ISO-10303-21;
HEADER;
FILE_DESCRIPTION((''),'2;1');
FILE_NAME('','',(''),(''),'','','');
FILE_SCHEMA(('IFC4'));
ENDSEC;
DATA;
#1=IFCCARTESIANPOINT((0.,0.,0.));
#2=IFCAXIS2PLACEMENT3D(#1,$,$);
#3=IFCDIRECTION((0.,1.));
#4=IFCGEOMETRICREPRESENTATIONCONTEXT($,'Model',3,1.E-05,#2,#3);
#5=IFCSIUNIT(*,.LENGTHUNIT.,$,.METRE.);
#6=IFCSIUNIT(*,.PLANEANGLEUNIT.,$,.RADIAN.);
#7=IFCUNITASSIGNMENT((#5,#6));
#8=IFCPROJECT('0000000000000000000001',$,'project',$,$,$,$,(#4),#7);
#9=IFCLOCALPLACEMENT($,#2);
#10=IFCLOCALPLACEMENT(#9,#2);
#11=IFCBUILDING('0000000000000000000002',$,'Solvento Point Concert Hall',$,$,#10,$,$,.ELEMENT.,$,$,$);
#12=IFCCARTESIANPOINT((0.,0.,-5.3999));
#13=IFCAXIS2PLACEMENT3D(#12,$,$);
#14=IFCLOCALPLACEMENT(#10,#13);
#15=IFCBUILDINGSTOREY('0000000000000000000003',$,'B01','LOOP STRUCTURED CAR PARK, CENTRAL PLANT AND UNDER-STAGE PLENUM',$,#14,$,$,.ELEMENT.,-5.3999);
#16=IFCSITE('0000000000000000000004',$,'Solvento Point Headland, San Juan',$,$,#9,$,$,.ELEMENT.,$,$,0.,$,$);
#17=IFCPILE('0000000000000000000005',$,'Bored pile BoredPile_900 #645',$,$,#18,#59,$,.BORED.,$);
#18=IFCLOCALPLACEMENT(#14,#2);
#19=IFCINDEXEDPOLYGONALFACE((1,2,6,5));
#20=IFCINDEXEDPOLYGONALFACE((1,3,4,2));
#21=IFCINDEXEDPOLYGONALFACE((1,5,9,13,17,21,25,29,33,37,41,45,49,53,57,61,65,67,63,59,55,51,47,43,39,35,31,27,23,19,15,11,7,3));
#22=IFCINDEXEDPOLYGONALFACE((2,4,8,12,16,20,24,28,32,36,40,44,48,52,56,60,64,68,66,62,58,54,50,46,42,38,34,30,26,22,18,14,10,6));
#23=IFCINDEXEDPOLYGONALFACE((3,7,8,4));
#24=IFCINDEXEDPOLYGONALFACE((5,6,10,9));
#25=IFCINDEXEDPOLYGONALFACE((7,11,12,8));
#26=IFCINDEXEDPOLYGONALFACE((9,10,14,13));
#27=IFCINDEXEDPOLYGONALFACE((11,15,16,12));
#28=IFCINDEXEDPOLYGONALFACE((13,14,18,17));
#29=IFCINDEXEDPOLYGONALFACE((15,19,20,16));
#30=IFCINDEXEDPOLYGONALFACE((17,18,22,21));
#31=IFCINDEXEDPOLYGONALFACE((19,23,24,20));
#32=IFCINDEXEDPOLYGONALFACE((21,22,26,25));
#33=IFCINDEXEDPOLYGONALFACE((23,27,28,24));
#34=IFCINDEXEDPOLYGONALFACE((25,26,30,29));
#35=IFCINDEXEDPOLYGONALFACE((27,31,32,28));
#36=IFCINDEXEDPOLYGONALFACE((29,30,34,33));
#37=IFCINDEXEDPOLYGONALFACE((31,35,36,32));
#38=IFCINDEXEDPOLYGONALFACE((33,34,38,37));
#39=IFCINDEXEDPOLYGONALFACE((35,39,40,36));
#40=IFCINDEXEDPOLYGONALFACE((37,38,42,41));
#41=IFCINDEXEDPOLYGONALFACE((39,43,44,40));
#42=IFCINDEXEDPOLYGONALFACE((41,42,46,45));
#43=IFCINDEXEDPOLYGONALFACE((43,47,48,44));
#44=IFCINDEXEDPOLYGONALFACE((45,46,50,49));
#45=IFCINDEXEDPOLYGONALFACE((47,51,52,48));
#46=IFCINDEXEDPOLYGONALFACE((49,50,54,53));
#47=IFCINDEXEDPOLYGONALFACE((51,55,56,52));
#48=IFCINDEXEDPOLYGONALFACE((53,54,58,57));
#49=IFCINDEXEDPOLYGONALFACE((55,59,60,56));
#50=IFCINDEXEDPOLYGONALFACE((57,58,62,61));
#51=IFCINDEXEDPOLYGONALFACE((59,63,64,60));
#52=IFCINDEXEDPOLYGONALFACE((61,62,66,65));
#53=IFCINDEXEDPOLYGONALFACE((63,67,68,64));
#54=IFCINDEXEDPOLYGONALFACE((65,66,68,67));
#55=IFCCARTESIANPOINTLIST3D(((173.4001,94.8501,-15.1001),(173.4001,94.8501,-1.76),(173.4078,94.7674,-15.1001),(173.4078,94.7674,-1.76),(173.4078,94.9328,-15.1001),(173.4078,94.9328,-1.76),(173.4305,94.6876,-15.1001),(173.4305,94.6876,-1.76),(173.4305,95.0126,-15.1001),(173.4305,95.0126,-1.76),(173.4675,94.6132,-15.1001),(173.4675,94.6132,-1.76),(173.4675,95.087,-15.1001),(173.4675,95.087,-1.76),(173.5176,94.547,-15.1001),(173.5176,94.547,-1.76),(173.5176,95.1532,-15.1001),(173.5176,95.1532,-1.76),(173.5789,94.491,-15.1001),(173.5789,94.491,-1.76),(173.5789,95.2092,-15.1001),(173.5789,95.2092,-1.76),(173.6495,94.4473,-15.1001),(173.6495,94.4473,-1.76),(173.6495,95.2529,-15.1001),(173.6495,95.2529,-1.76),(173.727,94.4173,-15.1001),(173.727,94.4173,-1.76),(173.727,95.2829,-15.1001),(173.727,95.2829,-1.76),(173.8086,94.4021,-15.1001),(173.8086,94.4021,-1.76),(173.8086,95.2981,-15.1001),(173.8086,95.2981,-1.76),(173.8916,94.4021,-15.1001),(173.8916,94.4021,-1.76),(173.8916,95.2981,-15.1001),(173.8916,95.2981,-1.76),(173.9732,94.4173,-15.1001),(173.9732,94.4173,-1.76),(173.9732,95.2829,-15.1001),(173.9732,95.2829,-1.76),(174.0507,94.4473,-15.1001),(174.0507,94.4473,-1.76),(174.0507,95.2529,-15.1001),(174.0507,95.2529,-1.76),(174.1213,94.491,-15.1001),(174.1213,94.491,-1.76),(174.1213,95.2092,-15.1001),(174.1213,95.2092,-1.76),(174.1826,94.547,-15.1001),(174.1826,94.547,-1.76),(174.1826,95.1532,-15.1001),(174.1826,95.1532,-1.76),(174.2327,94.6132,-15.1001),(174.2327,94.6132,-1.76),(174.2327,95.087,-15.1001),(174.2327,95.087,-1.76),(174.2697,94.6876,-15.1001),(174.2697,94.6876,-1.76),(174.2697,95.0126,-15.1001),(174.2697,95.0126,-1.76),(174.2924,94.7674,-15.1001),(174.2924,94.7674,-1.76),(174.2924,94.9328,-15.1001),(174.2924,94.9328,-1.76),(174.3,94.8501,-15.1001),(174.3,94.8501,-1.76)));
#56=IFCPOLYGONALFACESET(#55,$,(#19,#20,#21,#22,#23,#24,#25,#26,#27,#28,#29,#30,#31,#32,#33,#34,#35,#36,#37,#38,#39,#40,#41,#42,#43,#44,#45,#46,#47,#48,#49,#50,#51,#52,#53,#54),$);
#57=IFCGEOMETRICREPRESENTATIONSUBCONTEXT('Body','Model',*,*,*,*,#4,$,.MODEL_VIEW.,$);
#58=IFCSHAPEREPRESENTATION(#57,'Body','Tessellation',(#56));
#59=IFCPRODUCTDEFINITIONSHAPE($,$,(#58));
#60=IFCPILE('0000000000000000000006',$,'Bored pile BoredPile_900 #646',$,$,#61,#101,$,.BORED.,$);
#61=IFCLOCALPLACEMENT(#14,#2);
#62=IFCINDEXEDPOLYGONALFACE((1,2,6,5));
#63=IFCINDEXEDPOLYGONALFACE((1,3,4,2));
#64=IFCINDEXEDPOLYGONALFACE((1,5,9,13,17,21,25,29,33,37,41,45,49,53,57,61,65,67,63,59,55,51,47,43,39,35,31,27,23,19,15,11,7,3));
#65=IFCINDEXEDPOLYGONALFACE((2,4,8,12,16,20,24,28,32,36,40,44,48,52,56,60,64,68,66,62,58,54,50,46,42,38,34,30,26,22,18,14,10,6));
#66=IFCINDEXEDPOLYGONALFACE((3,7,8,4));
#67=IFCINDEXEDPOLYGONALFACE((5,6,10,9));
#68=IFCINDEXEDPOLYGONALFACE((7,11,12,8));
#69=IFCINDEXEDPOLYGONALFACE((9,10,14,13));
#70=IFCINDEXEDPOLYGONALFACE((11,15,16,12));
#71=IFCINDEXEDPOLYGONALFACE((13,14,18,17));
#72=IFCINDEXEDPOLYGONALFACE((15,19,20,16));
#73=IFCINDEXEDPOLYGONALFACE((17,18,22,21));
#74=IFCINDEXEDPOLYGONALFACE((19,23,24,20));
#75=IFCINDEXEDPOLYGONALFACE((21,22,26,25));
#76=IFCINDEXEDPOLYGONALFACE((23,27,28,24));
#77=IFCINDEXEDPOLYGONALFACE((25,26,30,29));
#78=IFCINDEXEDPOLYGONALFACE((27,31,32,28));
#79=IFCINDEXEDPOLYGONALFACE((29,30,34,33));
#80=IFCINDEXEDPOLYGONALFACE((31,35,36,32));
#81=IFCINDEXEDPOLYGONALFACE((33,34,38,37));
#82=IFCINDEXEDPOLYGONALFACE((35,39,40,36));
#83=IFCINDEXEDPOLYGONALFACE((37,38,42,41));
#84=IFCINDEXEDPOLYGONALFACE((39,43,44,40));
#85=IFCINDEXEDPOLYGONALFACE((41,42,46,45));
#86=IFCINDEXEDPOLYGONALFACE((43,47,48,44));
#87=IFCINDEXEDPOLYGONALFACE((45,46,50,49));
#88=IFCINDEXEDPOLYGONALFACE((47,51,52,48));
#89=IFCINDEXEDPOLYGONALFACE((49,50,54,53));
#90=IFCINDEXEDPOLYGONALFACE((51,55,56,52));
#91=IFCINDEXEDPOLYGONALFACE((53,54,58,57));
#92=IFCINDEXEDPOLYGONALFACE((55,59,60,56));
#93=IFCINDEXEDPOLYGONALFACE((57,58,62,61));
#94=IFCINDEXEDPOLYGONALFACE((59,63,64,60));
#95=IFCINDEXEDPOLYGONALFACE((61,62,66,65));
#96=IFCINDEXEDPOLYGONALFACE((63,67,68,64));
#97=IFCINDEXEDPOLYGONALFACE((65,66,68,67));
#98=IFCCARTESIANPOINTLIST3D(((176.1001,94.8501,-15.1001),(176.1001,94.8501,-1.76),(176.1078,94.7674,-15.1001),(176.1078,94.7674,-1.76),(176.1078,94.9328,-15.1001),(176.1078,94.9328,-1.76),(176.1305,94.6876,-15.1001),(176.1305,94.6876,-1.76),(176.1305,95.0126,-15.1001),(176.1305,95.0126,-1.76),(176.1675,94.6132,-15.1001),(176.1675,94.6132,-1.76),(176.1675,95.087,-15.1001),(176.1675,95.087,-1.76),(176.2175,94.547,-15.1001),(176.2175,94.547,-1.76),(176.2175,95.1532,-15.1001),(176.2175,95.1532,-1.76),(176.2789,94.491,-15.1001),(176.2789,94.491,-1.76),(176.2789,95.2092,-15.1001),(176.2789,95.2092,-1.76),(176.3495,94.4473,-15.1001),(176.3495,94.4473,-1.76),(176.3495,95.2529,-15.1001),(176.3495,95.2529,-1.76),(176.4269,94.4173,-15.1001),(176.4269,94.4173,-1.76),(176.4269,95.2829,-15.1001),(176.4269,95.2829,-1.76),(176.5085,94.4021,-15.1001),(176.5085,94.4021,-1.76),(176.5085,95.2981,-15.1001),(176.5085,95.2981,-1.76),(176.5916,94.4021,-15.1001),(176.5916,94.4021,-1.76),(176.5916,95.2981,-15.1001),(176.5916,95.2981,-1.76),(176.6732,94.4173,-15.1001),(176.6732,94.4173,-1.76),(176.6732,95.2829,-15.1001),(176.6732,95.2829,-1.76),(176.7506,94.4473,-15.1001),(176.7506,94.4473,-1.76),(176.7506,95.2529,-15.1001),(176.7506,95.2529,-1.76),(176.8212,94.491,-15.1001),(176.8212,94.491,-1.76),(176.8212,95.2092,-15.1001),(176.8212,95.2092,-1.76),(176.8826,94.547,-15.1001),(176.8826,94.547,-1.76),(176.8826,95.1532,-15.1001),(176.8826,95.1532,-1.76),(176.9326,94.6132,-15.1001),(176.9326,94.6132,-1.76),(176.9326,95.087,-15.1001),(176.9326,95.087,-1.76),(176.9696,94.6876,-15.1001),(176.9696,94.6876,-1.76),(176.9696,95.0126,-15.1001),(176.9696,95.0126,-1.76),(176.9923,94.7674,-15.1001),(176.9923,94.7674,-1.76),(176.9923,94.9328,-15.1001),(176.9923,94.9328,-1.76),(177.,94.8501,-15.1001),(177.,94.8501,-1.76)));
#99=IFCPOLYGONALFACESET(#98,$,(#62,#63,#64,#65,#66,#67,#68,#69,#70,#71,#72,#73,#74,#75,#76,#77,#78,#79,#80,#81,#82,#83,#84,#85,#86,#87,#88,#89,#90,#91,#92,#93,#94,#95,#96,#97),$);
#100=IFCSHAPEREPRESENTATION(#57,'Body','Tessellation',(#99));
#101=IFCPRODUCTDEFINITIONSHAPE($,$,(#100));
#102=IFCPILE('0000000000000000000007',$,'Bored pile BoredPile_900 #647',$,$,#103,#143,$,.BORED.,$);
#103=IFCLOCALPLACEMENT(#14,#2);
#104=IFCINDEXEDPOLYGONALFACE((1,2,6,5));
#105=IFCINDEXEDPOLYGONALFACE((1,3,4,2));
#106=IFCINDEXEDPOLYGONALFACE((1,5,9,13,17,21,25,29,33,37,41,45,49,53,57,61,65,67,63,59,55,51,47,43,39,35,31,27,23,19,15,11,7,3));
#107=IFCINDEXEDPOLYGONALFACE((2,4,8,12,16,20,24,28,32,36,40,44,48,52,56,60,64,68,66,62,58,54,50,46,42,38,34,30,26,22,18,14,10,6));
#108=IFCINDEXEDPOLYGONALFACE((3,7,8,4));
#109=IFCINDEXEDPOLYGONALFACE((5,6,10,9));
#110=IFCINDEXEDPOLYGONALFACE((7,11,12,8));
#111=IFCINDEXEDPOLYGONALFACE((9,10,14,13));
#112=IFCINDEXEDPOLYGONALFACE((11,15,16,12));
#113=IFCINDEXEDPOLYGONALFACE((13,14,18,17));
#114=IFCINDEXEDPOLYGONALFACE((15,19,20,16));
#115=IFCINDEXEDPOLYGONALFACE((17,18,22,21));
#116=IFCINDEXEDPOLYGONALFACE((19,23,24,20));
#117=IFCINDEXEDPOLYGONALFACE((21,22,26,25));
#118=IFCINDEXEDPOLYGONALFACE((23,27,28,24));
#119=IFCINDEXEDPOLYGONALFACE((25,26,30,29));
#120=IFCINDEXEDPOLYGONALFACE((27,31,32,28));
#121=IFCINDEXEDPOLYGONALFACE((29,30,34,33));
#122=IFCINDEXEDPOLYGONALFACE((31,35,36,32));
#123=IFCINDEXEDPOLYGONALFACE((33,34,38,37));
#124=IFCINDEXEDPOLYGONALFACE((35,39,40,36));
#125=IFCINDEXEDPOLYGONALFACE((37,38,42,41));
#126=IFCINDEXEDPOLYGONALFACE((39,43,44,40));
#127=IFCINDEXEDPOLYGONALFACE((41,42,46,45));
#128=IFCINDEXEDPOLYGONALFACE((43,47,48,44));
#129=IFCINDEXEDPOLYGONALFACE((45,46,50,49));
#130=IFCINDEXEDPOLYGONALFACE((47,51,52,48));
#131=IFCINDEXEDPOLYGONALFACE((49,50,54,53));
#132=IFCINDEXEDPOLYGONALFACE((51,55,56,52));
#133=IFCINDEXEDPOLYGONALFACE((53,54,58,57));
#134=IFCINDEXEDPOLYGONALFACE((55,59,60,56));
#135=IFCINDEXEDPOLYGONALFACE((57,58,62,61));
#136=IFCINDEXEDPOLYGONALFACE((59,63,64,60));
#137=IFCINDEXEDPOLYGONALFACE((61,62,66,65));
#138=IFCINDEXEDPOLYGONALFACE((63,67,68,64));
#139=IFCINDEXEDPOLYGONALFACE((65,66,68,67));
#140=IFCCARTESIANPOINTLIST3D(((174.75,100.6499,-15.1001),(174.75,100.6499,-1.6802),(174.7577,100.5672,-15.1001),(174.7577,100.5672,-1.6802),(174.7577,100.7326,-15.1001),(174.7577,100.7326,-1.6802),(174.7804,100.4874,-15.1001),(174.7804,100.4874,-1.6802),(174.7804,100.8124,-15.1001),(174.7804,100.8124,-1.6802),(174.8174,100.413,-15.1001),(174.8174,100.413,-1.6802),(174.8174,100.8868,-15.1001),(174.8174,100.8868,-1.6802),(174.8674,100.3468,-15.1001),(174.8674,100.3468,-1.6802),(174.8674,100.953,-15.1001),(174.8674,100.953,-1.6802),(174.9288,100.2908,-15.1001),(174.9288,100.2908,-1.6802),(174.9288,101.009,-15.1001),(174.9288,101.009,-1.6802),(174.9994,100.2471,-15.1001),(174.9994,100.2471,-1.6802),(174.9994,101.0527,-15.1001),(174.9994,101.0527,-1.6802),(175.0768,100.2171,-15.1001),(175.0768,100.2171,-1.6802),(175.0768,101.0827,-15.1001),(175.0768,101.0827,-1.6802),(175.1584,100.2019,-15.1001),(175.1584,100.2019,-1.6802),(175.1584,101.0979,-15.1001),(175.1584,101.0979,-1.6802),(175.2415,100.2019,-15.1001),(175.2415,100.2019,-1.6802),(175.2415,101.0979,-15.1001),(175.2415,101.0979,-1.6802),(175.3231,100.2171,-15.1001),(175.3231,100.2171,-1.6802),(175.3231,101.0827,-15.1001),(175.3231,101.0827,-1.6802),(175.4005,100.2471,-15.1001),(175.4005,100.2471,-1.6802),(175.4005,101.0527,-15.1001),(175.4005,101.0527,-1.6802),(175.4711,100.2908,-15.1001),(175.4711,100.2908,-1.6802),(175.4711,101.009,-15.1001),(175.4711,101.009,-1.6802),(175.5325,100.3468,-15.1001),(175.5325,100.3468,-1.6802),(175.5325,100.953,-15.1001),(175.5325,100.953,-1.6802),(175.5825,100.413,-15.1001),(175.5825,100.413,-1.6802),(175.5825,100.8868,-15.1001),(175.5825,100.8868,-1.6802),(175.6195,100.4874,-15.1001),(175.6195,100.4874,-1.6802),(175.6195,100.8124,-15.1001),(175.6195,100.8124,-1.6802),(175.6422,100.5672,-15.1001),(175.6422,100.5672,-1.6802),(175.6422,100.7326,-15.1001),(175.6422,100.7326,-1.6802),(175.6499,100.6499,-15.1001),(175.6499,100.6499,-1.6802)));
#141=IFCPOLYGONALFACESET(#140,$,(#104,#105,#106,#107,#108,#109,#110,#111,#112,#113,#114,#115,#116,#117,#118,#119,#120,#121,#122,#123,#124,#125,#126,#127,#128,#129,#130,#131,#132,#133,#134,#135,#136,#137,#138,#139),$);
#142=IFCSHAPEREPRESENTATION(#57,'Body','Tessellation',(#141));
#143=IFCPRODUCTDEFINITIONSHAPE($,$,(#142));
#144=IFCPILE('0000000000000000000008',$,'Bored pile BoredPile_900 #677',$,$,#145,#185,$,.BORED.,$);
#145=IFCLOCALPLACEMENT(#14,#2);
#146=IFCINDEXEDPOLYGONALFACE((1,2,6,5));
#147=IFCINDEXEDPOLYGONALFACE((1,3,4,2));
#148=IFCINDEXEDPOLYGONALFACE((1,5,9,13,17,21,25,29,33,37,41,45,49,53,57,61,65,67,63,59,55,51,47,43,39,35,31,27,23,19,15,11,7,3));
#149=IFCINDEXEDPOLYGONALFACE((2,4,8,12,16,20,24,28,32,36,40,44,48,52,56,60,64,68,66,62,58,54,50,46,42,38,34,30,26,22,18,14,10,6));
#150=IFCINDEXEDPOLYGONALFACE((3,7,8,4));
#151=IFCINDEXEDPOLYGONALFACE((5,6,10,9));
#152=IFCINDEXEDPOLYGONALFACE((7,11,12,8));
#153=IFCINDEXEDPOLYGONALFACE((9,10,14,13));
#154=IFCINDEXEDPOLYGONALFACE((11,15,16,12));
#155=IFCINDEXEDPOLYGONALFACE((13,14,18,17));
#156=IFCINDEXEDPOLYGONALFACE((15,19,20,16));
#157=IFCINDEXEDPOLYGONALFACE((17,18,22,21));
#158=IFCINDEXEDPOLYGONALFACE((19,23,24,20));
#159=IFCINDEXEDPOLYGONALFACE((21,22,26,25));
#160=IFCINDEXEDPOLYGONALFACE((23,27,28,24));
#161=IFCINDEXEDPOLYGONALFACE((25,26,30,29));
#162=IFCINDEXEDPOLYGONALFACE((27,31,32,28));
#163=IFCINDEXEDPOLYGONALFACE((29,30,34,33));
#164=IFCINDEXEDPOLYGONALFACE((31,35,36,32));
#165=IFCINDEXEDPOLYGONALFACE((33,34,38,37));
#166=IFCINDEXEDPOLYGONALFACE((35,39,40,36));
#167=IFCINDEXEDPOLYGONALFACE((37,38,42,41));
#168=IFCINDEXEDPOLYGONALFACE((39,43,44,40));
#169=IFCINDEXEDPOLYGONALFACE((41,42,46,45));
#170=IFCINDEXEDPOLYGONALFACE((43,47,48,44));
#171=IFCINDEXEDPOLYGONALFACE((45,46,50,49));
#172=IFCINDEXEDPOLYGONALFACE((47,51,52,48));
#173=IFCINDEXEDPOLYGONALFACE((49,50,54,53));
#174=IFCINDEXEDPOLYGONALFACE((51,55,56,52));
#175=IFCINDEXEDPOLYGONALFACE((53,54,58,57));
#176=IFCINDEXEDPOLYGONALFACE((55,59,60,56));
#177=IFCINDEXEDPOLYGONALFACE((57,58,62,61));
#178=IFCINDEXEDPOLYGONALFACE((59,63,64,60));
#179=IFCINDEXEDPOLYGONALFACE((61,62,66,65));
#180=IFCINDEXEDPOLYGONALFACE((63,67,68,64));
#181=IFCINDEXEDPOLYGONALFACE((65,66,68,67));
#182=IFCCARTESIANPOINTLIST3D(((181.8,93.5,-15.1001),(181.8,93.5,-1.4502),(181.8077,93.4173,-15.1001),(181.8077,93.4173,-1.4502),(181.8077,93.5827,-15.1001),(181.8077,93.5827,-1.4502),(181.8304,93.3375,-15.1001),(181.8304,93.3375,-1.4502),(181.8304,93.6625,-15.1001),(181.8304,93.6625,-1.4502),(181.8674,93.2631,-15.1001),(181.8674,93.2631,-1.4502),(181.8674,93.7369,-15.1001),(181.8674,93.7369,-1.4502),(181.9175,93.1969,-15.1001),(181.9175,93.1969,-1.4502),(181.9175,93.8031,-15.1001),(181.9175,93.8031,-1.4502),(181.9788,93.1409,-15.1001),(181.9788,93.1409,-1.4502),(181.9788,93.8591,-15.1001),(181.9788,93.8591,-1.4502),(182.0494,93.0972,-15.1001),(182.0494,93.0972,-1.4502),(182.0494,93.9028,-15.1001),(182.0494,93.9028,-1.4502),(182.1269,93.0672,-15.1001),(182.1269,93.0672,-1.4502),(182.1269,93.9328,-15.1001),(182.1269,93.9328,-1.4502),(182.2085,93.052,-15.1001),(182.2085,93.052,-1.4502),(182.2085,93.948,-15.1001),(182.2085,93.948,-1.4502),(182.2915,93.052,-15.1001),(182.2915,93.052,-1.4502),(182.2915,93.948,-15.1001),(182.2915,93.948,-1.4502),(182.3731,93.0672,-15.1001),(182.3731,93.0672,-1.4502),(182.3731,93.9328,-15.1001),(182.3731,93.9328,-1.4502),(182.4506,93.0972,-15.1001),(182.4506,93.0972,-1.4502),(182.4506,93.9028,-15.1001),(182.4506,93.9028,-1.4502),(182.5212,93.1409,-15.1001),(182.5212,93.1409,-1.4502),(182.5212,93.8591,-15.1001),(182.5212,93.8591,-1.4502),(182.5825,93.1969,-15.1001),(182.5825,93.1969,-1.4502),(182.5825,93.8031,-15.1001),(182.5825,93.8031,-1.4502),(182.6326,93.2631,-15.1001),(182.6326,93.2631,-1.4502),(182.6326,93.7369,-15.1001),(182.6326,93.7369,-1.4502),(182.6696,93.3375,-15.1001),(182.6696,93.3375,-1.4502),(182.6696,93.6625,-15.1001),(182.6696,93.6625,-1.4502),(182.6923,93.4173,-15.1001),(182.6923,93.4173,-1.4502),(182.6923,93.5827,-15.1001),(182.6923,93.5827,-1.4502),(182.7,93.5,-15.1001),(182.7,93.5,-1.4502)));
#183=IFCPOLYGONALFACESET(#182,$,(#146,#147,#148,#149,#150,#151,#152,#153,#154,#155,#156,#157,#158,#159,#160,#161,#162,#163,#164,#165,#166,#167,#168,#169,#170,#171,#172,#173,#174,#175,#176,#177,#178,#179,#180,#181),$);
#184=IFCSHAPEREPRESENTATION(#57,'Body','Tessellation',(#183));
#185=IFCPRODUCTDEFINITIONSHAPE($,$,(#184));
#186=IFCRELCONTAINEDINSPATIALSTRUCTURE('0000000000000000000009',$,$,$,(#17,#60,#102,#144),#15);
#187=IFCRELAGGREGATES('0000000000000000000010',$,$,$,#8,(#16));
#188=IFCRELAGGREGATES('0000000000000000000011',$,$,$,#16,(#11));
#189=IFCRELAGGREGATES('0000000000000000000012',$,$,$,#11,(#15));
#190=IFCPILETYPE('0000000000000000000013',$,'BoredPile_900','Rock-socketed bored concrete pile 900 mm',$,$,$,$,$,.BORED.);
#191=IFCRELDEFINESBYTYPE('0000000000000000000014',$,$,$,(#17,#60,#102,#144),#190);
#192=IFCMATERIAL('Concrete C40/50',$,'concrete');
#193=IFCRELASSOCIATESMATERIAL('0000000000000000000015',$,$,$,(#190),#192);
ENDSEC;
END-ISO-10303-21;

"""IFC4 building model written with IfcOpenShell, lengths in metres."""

from ifc_helpers import new_model, si_unit, direction, frame, origin, origin_2d, place, context, subcontext, project, spatial, circle, extrude, material, material_profile, profile_set, type_object, element, save


model = new_model("IFC4")

# Units and contexts
model_context = context("Model", 3, precision=1e-05, world=origin(), true_north=direction((0.0, 1.0)))
body_context = subcontext(model_context, "Body", "Model", "MODEL_VIEW")
ifc_project = project(units=[si_unit("LENGTHUNIT", "METRE"), si_unit("PLANEANGLEUNIT", "RADIAN")], contexts=[model_context])

# Site, building, storey
site_placement = place(None, origin())
site = spatial("IfcSite", under=ifc_project, at=site_placement, Name="Solvento Point Headland, San Juan", CompositionType="ELEMENT", RefElevation=0.0)
building_placement = place(site_placement, origin())
building = spatial("IfcBuilding", under=site, at=building_placement, Name="Solvento Point Concert Hall", CompositionType="ELEMENT")
storey_placement = place(building_placement, frame((0.0, 0.0, -5.3999)))
storey = spatial("IfcBuildingStorey", under=building, at=storey_placement, Name="B01", Description="LOOP STRUCTURED CAR PARK, CENTRAL PLANT AND UNDER-STAGE PLENUM", CompositionType="ELEMENT", Elevation=-5.3999)

# Piles
ifc_material_1 = material(Name="Concrete C40/50", Category="concrete")
ifc_material_profile_1 = material_profile(ifc_material_1, circle(Radius=0.45, at=origin_2d()), Name="BP-900")
ifc_profile_set_1 = profile_set([ifc_material_profile_1], Name="Concrete C40/50")
pile_type_1 = type_object("IfcPileType", Name="BoredPile_900", Description="Rock-socketed bored concrete pile 900 mm", PredefinedType="BORED", material=ifc_profile_set_1)
for number, where, z_axis, x_axis, name in (
    (1, (173.8501, 94.8501, -1.76), (0.0, 0.0, -1.0), (1.0, 0.0, 0.0), "Bored pile BoredPile_900 #645"),
    (2, (176.55, 94.8501, -1.76), (0.0, 0.0, -1.0), (1.0, 0.0, 0.0), "Bored pile BoredPile_900 #646"),
):
    element("IfcPile", number, at=place(storey_placement, frame(where, z_axis=z_axis, x_axis=x_axis)), inside=storey, type_object=pile_type_1, Name=name, PredefinedType="BORED", context=body_context, shape_type="SweptSolid", body=[
        extrude(circle(Radius=0.45, at=origin_2d()), origin(), (0.0, 0.0, 1.0), 13.3401),
    ])
pile_placement = place(storey_placement, frame((175.2, 100.6499, -1.6802), z_axis=(0.0, 0.0, -1.0), x_axis=(1.0, 0.0, 0.0)))
element("IfcPile", 3, at=pile_placement, inside=storey, type_object=pile_type_1, Name="Bored pile BoredPile_900 #647", PredefinedType="BORED", context=body_context, shape_type="SweptSolid", body=[
    extrude(circle(Radius=0.45, at=origin_2d()), origin(), (0.0, 0.0, 1.0), 13.4199),
])
for number, where, z_axis, x_axis, name in (
    (4, (182.25, 93.5, -1.4502), (0.0, 0.0, -1.0), (1.0, 0.0, 0.0), "Bored pile BoredPile_900 #677"),
):
    element("IfcPile", number, at=place(storey_placement, frame(where, z_axis=z_axis, x_axis=x_axis)), inside=storey, type_object=pile_type_1, Name=name, PredefinedType="BORED", context=body_context, shape_type="SweptSolid", body=[
        extrude(circle(Radius=0.45, at=origin_2d()), origin(), (0.0, 0.0, 1.0), 13.6499),
    ])

save(model, "model.ifc")
